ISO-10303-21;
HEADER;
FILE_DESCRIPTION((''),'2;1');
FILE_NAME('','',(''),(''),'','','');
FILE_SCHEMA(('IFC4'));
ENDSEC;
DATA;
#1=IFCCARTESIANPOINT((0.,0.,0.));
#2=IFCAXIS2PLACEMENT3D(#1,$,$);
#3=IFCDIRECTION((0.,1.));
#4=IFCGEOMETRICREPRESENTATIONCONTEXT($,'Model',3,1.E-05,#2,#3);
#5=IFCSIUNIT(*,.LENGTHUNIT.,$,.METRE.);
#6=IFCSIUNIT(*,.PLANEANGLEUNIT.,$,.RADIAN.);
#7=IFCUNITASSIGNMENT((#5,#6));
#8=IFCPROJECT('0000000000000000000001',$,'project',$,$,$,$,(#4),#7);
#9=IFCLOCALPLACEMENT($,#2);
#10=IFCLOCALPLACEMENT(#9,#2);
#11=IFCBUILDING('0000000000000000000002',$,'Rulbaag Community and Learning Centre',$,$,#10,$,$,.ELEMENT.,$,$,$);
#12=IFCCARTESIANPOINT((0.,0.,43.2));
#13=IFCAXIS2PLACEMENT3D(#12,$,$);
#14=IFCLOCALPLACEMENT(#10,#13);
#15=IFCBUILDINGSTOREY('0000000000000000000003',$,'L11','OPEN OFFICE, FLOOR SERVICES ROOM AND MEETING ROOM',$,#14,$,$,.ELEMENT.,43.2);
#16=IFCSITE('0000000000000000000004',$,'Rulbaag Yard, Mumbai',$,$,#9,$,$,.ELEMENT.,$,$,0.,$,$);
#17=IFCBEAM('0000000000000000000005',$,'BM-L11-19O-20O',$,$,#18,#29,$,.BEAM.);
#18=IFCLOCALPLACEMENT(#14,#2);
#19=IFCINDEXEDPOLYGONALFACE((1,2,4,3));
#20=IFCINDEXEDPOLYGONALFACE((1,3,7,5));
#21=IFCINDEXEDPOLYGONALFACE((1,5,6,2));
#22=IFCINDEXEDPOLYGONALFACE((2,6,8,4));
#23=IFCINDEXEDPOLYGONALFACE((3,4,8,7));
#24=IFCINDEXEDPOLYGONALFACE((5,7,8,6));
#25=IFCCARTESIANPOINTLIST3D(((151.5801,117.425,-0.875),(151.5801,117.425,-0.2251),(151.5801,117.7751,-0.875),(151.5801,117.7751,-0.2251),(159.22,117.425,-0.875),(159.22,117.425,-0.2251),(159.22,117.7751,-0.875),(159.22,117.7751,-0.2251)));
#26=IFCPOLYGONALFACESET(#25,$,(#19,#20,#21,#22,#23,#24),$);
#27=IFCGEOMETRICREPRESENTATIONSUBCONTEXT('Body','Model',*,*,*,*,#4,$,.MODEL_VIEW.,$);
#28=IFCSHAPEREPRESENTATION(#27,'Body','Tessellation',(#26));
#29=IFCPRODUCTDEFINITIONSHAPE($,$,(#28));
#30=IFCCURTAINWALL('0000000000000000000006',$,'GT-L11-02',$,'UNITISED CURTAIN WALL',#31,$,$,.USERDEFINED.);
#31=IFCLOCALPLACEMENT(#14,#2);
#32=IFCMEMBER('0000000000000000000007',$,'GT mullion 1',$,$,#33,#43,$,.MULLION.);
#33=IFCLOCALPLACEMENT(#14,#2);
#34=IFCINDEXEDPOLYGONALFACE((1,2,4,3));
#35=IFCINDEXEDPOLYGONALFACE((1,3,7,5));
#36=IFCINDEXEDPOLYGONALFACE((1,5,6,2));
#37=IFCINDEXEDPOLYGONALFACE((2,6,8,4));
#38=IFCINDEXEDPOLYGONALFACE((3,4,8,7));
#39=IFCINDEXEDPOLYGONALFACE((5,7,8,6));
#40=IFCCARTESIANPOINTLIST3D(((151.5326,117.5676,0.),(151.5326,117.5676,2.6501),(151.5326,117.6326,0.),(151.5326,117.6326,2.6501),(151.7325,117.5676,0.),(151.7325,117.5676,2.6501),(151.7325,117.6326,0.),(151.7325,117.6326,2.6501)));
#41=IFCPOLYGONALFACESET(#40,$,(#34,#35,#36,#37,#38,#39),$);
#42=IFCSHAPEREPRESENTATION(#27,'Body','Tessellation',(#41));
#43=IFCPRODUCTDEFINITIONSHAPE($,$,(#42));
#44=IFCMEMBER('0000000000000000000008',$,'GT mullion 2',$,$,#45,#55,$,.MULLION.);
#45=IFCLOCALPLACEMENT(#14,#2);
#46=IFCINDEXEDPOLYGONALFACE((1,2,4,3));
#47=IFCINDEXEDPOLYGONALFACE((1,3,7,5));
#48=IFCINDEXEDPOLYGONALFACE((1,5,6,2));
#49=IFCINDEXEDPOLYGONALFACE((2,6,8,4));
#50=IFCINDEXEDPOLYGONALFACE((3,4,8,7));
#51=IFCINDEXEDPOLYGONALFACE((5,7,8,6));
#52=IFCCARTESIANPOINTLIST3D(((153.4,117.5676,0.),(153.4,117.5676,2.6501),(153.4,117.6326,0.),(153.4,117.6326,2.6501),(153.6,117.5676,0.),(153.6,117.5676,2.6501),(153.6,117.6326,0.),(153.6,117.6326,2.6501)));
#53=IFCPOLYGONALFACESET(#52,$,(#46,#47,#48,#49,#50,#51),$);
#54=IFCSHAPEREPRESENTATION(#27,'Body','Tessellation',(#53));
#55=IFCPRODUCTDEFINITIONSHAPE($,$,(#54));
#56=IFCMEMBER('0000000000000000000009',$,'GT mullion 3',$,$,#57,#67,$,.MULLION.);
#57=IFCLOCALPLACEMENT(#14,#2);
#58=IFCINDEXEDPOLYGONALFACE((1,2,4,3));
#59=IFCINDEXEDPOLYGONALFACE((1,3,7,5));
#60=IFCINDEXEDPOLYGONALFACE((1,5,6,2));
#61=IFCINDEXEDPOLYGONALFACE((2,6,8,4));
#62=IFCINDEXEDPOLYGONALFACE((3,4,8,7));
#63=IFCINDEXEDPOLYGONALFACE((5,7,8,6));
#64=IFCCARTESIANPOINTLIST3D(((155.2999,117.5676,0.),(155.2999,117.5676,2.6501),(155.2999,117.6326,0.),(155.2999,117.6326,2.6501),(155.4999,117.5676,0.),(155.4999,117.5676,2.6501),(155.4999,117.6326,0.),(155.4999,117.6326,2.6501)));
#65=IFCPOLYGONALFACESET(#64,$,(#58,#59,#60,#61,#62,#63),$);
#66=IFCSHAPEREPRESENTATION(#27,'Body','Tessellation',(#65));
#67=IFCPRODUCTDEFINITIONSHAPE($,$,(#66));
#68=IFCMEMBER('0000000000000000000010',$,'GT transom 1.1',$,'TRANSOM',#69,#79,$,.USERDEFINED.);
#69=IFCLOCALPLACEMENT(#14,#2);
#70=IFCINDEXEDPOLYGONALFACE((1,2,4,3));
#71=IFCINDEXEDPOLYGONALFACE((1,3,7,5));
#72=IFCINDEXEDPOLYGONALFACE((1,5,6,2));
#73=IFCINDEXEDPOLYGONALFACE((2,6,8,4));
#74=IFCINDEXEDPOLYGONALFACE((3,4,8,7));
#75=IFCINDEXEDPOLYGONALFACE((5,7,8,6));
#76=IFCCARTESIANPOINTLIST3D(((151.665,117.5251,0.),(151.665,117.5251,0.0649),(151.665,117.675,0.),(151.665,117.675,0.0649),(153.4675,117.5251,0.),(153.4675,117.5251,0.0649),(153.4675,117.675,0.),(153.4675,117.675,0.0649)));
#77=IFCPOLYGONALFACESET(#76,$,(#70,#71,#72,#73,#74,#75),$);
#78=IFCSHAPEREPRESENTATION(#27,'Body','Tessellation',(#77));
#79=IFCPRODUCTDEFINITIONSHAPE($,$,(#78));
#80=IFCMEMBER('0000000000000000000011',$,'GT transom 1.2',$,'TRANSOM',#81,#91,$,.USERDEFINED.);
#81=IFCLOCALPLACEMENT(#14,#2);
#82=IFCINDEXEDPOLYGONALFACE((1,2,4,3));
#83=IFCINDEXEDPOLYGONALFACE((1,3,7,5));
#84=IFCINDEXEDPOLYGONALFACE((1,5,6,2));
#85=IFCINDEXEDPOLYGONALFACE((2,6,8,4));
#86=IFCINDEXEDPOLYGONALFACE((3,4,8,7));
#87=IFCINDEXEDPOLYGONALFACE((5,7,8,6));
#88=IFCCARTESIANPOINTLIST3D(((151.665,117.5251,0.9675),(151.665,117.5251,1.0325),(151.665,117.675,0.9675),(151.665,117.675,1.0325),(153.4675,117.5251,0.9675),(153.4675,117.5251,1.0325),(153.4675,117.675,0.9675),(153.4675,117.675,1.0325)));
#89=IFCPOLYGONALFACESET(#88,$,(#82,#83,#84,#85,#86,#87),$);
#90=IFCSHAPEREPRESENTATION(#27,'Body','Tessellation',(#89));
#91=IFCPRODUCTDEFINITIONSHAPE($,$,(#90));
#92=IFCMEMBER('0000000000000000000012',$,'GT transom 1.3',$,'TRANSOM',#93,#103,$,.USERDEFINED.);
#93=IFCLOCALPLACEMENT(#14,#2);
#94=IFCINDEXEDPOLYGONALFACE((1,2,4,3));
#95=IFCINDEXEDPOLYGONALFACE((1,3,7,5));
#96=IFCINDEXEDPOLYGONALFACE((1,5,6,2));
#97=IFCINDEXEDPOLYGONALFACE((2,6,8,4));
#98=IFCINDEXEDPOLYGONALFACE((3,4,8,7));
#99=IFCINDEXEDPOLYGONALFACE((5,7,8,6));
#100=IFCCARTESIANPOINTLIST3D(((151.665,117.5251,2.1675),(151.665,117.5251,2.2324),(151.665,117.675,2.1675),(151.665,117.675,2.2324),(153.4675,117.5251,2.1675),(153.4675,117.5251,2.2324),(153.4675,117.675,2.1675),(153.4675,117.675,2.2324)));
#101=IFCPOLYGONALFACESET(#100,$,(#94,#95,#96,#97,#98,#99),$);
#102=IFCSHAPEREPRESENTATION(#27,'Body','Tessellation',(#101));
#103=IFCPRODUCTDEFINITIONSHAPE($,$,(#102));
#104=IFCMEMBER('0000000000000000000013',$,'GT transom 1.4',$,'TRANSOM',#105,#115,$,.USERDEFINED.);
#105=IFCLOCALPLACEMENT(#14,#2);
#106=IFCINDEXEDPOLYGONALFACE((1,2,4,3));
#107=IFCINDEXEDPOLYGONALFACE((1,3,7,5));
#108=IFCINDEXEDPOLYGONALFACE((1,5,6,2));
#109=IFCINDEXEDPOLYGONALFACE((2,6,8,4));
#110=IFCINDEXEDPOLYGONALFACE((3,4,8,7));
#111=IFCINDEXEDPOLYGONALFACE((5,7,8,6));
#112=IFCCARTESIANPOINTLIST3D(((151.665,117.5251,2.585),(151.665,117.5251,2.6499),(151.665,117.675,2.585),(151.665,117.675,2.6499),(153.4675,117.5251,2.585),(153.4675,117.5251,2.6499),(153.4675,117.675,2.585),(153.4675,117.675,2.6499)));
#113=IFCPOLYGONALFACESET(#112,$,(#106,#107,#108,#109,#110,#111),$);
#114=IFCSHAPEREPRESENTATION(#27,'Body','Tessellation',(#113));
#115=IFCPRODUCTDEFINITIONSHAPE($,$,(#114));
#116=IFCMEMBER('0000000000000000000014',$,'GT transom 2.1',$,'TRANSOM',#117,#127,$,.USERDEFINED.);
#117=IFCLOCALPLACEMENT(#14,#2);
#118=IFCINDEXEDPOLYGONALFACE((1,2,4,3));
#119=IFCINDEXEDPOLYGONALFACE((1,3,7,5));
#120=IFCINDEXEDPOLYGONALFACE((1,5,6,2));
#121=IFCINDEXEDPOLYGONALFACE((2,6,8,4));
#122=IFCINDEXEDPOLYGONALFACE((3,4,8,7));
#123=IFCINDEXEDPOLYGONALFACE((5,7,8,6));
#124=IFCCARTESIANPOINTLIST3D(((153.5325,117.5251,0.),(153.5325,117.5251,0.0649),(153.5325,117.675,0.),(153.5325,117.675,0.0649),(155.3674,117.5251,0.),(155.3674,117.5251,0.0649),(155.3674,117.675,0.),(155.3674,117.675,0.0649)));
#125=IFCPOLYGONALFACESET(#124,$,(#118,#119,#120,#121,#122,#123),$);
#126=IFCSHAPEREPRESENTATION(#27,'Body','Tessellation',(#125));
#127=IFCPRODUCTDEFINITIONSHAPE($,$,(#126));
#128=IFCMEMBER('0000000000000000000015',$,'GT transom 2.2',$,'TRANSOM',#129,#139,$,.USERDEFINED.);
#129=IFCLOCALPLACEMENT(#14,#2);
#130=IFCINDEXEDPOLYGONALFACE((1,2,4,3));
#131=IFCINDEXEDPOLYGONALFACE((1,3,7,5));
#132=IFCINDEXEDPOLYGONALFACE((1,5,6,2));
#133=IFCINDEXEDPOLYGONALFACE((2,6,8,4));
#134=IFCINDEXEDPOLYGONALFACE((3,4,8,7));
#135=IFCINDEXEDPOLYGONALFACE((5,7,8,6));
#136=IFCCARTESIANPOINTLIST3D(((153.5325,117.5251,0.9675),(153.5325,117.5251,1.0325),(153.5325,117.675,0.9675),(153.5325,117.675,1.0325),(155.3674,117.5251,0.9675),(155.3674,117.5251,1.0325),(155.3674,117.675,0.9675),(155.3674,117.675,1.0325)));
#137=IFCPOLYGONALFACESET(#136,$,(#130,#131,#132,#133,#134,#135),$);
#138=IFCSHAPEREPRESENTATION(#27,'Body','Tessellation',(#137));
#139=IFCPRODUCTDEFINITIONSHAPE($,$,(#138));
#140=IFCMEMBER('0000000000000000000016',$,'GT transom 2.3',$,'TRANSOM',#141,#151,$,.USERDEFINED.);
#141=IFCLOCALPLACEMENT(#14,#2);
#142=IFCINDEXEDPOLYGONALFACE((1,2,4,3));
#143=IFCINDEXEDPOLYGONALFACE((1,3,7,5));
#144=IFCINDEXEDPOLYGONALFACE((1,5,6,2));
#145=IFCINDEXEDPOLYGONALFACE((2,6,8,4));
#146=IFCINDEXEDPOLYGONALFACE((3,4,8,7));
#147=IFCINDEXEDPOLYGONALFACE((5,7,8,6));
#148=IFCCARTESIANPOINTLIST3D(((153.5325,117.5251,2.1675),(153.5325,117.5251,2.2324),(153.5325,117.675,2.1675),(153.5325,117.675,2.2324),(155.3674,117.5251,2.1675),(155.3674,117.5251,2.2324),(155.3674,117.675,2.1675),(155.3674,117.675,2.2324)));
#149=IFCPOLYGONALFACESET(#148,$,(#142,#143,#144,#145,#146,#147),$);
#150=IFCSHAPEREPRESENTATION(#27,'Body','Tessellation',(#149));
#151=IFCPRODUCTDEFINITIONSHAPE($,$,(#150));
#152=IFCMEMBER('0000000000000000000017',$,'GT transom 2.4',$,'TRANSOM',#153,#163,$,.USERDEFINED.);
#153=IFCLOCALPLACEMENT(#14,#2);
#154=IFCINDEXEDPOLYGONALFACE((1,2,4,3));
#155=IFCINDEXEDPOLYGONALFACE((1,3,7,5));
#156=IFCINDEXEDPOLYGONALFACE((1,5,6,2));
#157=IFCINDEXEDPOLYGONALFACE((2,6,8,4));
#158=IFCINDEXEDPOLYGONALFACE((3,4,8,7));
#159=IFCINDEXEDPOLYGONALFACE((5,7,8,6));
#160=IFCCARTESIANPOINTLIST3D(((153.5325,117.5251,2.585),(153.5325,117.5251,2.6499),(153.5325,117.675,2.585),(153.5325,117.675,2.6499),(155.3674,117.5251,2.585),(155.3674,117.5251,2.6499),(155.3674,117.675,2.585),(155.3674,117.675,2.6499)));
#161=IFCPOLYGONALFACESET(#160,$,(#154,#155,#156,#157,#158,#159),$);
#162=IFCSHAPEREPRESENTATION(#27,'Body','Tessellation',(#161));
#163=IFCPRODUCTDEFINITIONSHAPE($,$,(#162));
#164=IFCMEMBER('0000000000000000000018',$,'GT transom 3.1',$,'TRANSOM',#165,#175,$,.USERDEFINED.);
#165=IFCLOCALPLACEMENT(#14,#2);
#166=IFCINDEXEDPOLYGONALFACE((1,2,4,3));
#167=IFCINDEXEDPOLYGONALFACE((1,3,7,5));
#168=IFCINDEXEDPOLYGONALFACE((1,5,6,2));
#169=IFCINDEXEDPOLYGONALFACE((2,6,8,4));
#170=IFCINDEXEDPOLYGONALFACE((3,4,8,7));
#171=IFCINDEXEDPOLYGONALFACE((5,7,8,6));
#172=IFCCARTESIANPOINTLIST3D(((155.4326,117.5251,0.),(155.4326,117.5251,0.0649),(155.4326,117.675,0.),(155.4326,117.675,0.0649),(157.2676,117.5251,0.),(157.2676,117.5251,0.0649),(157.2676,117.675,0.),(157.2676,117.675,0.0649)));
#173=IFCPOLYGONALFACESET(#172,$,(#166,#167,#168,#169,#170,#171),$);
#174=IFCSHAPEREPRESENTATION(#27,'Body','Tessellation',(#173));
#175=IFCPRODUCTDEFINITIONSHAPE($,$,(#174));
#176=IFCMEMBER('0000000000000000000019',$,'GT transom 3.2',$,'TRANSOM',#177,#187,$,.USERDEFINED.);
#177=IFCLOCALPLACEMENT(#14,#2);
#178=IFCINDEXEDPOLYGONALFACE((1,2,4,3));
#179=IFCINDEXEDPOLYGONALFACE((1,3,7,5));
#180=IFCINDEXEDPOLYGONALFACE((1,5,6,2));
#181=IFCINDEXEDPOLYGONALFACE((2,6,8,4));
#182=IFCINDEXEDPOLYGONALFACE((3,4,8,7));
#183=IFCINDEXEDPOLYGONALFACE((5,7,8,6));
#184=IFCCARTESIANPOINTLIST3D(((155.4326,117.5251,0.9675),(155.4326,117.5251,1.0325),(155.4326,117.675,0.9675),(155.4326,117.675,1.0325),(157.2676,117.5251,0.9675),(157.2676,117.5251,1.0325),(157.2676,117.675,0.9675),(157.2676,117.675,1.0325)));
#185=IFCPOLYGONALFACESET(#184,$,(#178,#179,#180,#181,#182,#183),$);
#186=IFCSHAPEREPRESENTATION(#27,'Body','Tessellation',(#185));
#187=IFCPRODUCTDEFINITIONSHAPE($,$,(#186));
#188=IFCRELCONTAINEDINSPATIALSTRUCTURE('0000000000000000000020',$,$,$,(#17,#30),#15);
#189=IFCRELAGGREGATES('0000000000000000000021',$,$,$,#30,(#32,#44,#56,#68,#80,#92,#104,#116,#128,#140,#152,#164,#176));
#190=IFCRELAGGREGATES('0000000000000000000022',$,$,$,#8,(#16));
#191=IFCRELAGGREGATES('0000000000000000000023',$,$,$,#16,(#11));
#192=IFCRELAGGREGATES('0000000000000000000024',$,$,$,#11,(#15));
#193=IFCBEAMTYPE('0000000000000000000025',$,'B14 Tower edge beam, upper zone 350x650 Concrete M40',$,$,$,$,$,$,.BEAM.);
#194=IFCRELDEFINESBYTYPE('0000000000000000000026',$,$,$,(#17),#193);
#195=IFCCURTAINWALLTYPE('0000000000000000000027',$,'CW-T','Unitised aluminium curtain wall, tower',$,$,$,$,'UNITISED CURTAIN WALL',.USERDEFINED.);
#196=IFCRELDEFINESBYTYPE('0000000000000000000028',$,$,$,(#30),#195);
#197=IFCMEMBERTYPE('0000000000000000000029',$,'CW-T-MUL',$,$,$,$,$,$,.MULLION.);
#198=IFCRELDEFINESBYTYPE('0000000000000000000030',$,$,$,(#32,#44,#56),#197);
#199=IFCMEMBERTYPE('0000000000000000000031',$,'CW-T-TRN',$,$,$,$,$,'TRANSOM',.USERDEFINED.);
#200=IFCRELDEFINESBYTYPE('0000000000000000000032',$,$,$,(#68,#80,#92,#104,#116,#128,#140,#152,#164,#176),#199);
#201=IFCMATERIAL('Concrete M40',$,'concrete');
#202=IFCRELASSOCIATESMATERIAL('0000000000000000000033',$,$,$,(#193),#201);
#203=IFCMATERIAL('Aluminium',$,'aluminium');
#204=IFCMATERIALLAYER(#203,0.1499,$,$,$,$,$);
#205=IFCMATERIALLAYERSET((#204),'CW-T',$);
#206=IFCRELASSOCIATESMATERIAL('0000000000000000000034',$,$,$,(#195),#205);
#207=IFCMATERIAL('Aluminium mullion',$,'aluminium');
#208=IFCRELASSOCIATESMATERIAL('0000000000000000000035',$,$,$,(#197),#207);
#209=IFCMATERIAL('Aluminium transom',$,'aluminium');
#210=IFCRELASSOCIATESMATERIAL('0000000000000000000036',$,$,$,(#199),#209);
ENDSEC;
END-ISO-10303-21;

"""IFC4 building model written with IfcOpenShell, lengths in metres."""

from ifc_helpers import new_model, si_unit, direction, frame, origin, origin_2d, place, context, subcontext, project, spatial, rectangle, extrude, material, layer, layer_set, material_profile, profile_set, type_object, element, aggregate, save


model = new_model("IFC4")

# Units and contexts
model_context = context("Model", 3, precision=1e-05, world=origin(), true_north=direction((0.0, 1.0)))
body_context = subcontext(model_context, "Body", "Model", "MODEL_VIEW")
ifc_project = project(units=[si_unit("LENGTHUNIT", "METRE"), si_unit("PLANEANGLEUNIT", "RADIAN")], contexts=[model_context])

# Site, building, storey
site_placement = place(None, origin())
site = spatial("IfcSite", under=ifc_project, at=site_placement, Name="Rulbaag Yard, Mumbai", CompositionType="ELEMENT", RefElevation=0.0)
building_placement = place(site_placement, origin())
building = spatial("IfcBuilding", under=site, at=building_placement, Name="Rulbaag Community and Learning Centre", CompositionType="ELEMENT")
storey_placement = place(building_placement, frame((0.0, 0.0, 43.2)))
storey = spatial("IfcBuildingStorey", under=building, at=storey_placement, Name="L11", Description="OPEN OFFICE, FLOOR SERVICES ROOM AND MEETING ROOM", CompositionType="ELEMENT", Elevation=43.2)

# Beam
ifc_material_1 = material(Name="Concrete M40", Category="concrete")
ifc_material_profile_1 = material_profile(ifc_material_1, rectangle(XDim=0.3501, YDim=0.6499, at=origin_2d()), Name="RB350x650")
ifc_profile_set_1 = profile_set([ifc_material_profile_1], Name="Concrete M40")
beam_type = type_object("IfcBeamType", Name="B14 Tower edge beam, upper zone 350x650 Concrete M40", PredefinedType="BEAM", material=ifc_profile_set_1)
beam_placement = place(storey_placement, frame((151.5801, 117.6001, -0.55), z_axis=(1.0, 0.0, 0.0), x_axis=(0.0, 1.0, 0.0)))
element("IfcBeam", 1, at=beam_placement, inside=storey, type_object=beam_type, Name="BM-L11-19O-20O", PredefinedType="BEAM", context=body_context, shape_type="SweptSolid", body=[
    extrude(rectangle(XDim=0.3501, YDim=0.6499, at=origin_2d()), origin(), (0.0, 0.0, 1.0), 7.6399),
])

# Curtain wall, members
ifc_material_2 = material(Name="Aluminium", Category="aluminium")
ifc_layer_1 = layer(ifc_material_2, 0.1499)
ifc_layer_set_1 = layer_set([ifc_layer_1], Name="CW-T")
curtain_wall_type = type_object("IfcCurtainWallType", Name="CW-T", Description="Unitised aluminium curtain wall, tower", ElementType="UNITISED CURTAIN WALL", PredefinedType="USERDEFINED", material=ifc_layer_set_1)
curtain_wall_placement = place(storey_placement, origin())
curtain_wall = element("IfcCurtainWall", 2, at=curtain_wall_placement, inside=storey, type_object=curtain_wall_type, Name="GT-L11-02", ObjectType="UNITISED CURTAIN WALL", PredefinedType="USERDEFINED")
ifc_material_3 = material(Name="Aluminium mullion", Category="aluminium")
ifc_material_profile_2 = material_profile(ifc_material_3, rectangle(XDim=0.0649, YDim=0.2, at=origin_2d()), Name="AL 65x200")
ifc_profile_set_2 = profile_set([ifc_material_profile_2], Name="Aluminium mullion")
member_type_1 = type_object("IfcMemberType", Name="CW-T-MUL", PredefinedType="MULLION", material=ifc_profile_set_2)
member_1_placement = place(storey_placement, frame((151.6326, 117.6001, 0.0), z_axis=(0.0, 0.0, 1.0), x_axis=(0.0, 1.0, 0.0)))
member_1 = element("IfcMember", 3, at=member_1_placement, type_object=member_type_1, Name="GT mullion 1", PredefinedType="MULLION", context=body_context, shape_type="SweptSolid", body=[
    extrude(rectangle(XDim=0.0649, YDim=0.2, at=origin_2d()), origin(), (0.0, 0.0, 1.0), 2.6501),
])
member_2_placement = place(storey_placement, frame((153.5, 117.6001, 0.0), z_axis=(0.0, 0.0, 1.0), x_axis=(0.0, 1.0, 0.0)))
member_2 = element("IfcMember", 4, at=member_2_placement, type_object=member_type_1, Name="GT mullion 2", PredefinedType="MULLION", context=body_context, shape_type="SweptSolid", body=[
    extrude(rectangle(XDim=0.0649, YDim=0.2, at=origin_2d()), origin(), (0.0, 0.0, 1.0), 2.6501),
])
member_3_placement = place(storey_placement, frame((155.3999, 117.6001, 0.0), z_axis=(0.0, 0.0, 1.0), x_axis=(0.0, 1.0, 0.0)))
member_3 = element("IfcMember", 5, at=member_3_placement, type_object=member_type_1, Name="GT mullion 3", PredefinedType="MULLION", context=body_context, shape_type="SweptSolid", body=[
    extrude(rectangle(XDim=0.0649, YDim=0.2, at=origin_2d()), origin(), (0.0, 0.0, 1.0), 2.6501),
])
ifc_material_4 = material(Name="Aluminium transom", Category="aluminium")
ifc_material_profile_3 = material_profile(ifc_material_4, rectangle(XDim=0.1499, YDim=0.0649, at=origin_2d()), Name="AL 65x150 T")
ifc_profile_set_3 = profile_set([ifc_material_profile_3], Name="Aluminium transom")
member_type_2 = type_object("IfcMemberType", Name="CW-T-TRN", ElementType="TRANSOM", PredefinedType="USERDEFINED", material=ifc_profile_set_3)
member_4_placement = place(storey_placement, frame((151.665, 117.6001, 0.0325), z_axis=(1.0, 0.0, 0.0), x_axis=(0.0, 1.0, 0.0)))
member_4 = element("IfcMember", 6, at=member_4_placement, type_object=member_type_2, Name="GT transom 1.1", ObjectType="TRANSOM", PredefinedType="USERDEFINED", context=body_context, shape_type="SweptSolid", body=[
    extrude(rectangle(XDim=0.1499, YDim=0.0649, at=origin_2d()), origin(), (0.0, 0.0, 1.0), 1.8025),
])
member_5_placement = place(storey_placement, frame((151.665, 117.6001, 1.0), z_axis=(1.0, 0.0, 0.0), x_axis=(0.0, 1.0, 0.0)))
member_5 = element("IfcMember", 7, at=member_5_placement, type_object=member_type_2, Name="GT transom 1.2", ObjectType="TRANSOM", PredefinedType="USERDEFINED", context=body_context, shape_type="SweptSolid", body=[
    extrude(rectangle(XDim=0.1499, YDim=0.0649, at=origin_2d()), origin(), (0.0, 0.0, 1.0), 1.8025),
])
member_6_placement = place(storey_placement, frame((151.665, 117.6001, 2.2), z_axis=(1.0, 0.0, 0.0), x_axis=(0.0, 1.0, 0.0)))
member_6 = element("IfcMember", 8, at=member_6_placement, type_object=member_type_2, Name="GT transom 1.3", ObjectType="TRANSOM", PredefinedType="USERDEFINED", context=body_context, shape_type="SweptSolid", body=[
    extrude(rectangle(XDim=0.1499, YDim=0.0649, at=origin_2d()), origin(), (0.0, 0.0, 1.0), 1.8025),
])
member_7_placement = place(storey_placement, frame((151.665, 117.6001, 2.6174), z_axis=(1.0, 0.0, 0.0), x_axis=(0.0, 1.0, 0.0)))
member_7 = element("IfcMember", 9, at=member_7_placement, type_object=member_type_2, Name="GT transom 1.4", ObjectType="TRANSOM", PredefinedType="USERDEFINED", context=body_context, shape_type="SweptSolid", body=[
    extrude(rectangle(XDim=0.1499, YDim=0.0649, at=origin_2d()), origin(), (0.0, 0.0, 1.0), 1.8025),
])
member_8_placement = place(storey_placement, frame((153.5325, 117.6001, 0.0325), z_axis=(1.0, 0.0, 0.0), x_axis=(0.0, 1.0, 0.0)))
member_8 = element("IfcMember", 10, at=member_8_placement, type_object=member_type_2, Name="GT transom 2.1", ObjectType="TRANSOM", PredefinedType="USERDEFINED", context=body_context, shape_type="SweptSolid", body=[
    extrude(rectangle(XDim=0.1499, YDim=0.0649, at=origin_2d()), origin(), (0.0, 0.0, 1.0), 1.835),
])
member_9_placement = place(storey_placement, frame((153.5325, 117.6001, 1.0), z_axis=(1.0, 0.0, 0.0), x_axis=(0.0, 1.0, 0.0)))
member_9 = element("IfcMember", 11, at=member_9_placement, type_object=member_type_2, Name="GT transom 2.2", ObjectType="TRANSOM", PredefinedType="USERDEFINED", context=body_context, shape_type="SweptSolid", body=[
    extrude(rectangle(XDim=0.1499, YDim=0.0649, at=origin_2d()), origin(), (0.0, 0.0, 1.0), 1.835),
])
member_10_placement = place(storey_placement, frame((153.5325, 117.6001, 2.2), z_axis=(1.0, 0.0, 0.0), x_axis=(0.0, 1.0, 0.0)))
member_10 = element("IfcMember", 12, at=member_10_placement, type_object=member_type_2, Name="GT transom 2.3", ObjectType="TRANSOM", PredefinedType="USERDEFINED", context=body_context, shape_type="SweptSolid", body=[
    extrude(rectangle(XDim=0.1499, YDim=0.0649, at=origin_2d()), origin(), (0.0, 0.0, 1.0), 1.835),
])
member_11_placement = place(storey_placement, frame((153.5325, 117.6001, 2.6174), z_axis=(1.0, 0.0, 0.0), x_axis=(0.0, 1.0, 0.0)))
member_11 = element("IfcMember", 13, at=member_11_placement, type_object=member_type_2, Name="GT transom 2.4", ObjectType="TRANSOM", PredefinedType="USERDEFINED", context=body_context, shape_type="SweptSolid", body=[
    extrude(rectangle(XDim=0.1499, YDim=0.0649, at=origin_2d()), origin(), (0.0, 0.0, 1.0), 1.835),
])
member_12_placement = place(storey_placement, frame((155.4326, 117.6001, 0.0325), z_axis=(1.0, 0.0, 0.0), x_axis=(0.0, 1.0, 0.0)))
member_12 = element("IfcMember", 14, at=member_12_placement, type_object=member_type_2, Name="GT transom 3.1", ObjectType="TRANSOM", PredefinedType="USERDEFINED", context=body_context, shape_type="SweptSolid", body=[
    extrude(rectangle(XDim=0.1499, YDim=0.0649, at=origin_2d()), origin(), (0.0, 0.0, 1.0), 1.835),
])
member_13_placement = place(storey_placement, frame((155.4326, 117.6001, 1.0), z_axis=(1.0, 0.0, 0.0), x_axis=(0.0, 1.0, 0.0)))
member_13 = element("IfcMember", 15, at=member_13_placement, type_object=member_type_2, Name="GT transom 3.2", ObjectType="TRANSOM", PredefinedType="USERDEFINED", context=body_context, shape_type="SweptSolid", body=[
    extrude(rectangle(XDim=0.1499, YDim=0.0649, at=origin_2d()), origin(), (0.0, 0.0, 1.0), 1.835),
])
aggregate(curtain_wall, [member_1, member_2, member_3, member_4, member_5, member_6, member_7, member_8, member_9, member_10, member_11, member_12, member_13])

save(model, "model.ifc")
